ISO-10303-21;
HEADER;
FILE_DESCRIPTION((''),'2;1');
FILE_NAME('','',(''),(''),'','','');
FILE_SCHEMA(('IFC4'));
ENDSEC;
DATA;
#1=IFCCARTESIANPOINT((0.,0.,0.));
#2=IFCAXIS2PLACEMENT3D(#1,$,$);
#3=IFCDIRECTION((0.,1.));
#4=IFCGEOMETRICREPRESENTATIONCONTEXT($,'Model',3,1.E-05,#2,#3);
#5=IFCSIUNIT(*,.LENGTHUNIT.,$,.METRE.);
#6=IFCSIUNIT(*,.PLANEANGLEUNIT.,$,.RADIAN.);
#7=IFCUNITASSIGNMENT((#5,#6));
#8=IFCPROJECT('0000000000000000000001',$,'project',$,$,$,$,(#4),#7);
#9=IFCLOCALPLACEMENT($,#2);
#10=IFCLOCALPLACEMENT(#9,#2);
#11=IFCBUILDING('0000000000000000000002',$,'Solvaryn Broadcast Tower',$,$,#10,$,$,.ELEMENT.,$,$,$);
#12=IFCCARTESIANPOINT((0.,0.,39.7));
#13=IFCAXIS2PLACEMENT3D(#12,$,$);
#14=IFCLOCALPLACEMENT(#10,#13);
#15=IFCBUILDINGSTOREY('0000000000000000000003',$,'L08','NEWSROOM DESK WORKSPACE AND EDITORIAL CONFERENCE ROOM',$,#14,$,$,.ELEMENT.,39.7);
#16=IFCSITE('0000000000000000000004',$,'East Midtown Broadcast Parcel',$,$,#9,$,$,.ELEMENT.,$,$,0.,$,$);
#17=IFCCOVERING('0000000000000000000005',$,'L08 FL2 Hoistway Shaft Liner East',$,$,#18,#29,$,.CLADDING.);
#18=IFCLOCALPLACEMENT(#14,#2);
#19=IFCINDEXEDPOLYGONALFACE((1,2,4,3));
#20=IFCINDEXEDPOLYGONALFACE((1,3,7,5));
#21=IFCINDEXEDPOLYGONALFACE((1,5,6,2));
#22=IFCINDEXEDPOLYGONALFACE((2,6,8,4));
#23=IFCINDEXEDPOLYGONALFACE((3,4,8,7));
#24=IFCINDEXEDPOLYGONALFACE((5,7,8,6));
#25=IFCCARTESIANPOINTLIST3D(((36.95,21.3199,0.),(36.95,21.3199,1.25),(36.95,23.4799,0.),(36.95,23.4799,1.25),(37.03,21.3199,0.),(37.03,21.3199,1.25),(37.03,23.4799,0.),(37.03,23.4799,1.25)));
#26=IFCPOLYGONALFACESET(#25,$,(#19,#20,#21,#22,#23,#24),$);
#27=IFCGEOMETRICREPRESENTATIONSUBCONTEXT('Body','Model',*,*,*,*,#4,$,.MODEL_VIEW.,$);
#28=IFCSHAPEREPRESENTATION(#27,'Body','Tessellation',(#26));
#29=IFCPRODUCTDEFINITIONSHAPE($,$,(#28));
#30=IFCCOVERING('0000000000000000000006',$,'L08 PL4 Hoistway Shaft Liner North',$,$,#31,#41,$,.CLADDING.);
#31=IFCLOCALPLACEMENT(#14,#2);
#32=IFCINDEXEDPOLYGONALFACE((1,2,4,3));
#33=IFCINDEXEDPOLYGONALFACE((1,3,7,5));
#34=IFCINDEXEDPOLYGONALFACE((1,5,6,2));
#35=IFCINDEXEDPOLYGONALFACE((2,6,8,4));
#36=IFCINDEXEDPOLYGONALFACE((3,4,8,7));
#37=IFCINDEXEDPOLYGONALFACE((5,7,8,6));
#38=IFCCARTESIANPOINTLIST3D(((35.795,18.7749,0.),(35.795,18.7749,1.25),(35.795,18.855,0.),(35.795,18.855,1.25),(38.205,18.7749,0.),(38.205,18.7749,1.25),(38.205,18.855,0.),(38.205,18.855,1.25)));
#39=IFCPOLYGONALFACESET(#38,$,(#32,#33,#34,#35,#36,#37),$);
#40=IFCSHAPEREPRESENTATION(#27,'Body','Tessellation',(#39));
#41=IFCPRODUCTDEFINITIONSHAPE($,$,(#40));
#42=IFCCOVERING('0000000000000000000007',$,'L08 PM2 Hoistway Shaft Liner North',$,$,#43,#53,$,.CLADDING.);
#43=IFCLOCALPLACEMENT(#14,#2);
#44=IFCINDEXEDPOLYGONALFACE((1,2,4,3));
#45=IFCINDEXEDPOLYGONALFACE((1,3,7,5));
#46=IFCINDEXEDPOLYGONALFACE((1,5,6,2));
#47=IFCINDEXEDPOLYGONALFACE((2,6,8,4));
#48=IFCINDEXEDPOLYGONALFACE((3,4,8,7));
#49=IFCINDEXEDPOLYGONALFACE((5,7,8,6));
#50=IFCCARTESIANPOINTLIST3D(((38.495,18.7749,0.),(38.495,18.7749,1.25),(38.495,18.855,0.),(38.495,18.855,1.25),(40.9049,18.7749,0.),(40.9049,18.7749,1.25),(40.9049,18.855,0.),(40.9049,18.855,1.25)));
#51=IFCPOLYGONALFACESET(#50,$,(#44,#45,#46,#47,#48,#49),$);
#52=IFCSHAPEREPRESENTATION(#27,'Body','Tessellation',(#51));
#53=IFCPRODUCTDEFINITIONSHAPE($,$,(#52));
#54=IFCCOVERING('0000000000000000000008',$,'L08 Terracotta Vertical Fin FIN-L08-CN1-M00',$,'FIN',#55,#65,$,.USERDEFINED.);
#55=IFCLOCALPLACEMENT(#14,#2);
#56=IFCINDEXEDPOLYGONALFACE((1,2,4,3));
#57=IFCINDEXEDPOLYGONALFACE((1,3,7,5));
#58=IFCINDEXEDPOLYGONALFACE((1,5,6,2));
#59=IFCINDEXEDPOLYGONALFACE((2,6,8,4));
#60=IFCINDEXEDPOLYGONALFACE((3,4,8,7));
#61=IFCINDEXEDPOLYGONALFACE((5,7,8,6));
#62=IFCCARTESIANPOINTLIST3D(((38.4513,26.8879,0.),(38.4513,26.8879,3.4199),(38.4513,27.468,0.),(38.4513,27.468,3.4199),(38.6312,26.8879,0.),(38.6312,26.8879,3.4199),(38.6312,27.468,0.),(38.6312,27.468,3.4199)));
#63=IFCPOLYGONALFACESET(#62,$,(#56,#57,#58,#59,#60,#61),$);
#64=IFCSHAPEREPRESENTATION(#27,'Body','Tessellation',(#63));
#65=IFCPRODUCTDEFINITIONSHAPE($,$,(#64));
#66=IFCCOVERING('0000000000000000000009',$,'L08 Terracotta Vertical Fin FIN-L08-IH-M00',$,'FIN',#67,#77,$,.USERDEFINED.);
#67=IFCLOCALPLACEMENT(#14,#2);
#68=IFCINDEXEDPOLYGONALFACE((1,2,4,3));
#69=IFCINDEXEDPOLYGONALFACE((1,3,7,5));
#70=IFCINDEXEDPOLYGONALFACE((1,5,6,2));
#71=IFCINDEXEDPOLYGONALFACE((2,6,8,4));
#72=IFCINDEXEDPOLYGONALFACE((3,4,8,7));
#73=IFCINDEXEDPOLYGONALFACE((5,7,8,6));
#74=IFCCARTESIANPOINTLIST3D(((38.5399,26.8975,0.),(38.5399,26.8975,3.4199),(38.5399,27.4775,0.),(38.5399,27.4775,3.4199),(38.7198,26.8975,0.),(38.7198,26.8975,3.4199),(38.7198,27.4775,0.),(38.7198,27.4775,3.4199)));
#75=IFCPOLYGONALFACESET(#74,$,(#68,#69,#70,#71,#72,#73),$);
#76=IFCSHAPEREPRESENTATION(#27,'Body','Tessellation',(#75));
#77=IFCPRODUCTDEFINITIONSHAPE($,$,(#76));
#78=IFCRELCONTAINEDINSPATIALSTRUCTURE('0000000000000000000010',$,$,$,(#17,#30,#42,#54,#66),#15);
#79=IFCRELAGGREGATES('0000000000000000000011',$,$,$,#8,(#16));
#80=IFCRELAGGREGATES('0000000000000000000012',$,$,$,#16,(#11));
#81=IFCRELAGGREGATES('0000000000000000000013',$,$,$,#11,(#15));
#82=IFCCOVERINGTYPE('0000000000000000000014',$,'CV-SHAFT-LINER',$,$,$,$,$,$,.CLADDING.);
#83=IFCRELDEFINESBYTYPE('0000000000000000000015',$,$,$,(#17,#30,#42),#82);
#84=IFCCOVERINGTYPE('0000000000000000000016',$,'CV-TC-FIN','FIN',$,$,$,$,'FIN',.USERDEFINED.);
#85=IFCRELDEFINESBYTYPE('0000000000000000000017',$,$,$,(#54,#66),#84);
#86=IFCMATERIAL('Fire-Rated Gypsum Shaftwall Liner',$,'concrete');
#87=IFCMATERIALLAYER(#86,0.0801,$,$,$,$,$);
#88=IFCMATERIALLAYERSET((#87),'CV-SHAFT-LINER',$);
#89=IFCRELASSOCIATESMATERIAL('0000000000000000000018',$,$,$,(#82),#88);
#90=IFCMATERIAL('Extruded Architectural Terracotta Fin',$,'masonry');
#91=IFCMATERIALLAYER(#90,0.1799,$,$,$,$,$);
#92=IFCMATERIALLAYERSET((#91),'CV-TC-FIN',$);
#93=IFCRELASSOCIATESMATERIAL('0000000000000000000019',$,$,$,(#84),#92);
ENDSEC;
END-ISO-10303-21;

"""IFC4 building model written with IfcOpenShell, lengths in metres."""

from ifc_helpers import new_model, si_unit, direction, frame, origin, origin_2d, place, context, subcontext, project, spatial, rectangle, extrude, material, layer, layer_set, type_object, element, save


model = new_model("IFC4")

# Units and contexts
model_context = context("Model", 3, precision=1e-05, world=origin(), true_north=direction((0.0, 1.0)))
body_context = subcontext(model_context, "Body", "Model", "MODEL_VIEW")
ifc_project = project(units=[si_unit("LENGTHUNIT", "METRE"), si_unit("PLANEANGLEUNIT", "RADIAN")], contexts=[model_context])

# Site, building, storey
site_placement = place(None, origin())
site = spatial("IfcSite", under=ifc_project, at=site_placement, Name="East Midtown Broadcast Parcel", CompositionType="ELEMENT", RefElevation=0.0)
building_placement = place(site_placement, origin())
building = spatial("IfcBuilding", under=site, at=building_placement, Name="Solvaryn Broadcast Tower", CompositionType="ELEMENT")
storey_placement = place(building_placement, frame((0.0, 0.0, 39.7)))
storey = spatial("IfcBuildingStorey", under=building, at=storey_placement, Name="L08", Description="NEWSROOM DESK WORKSPACE AND EDITORIAL CONFERENCE ROOM", CompositionType="ELEMENT", Elevation=39.7)

# Coverings
ifc_material_1 = material(Name="Fire-Rated Gypsum Shaftwall Liner", Category="concrete")
ifc_layer_1 = layer(ifc_material_1, 0.0801)
ifc_layer_set_1 = layer_set([ifc_layer_1], Name="CV-SHAFT-LINER")
covering_type_1 = type_object("IfcCoveringType", Name="CV-SHAFT-LINER", PredefinedType="CLADDING", material=ifc_layer_set_1)
covering_placement = place(storey_placement, frame((36.99, 22.3999, 0.0), z_axis=(0.0, 0.0, 1.0), x_axis=(1.0, 0.0, 0.0)))
element("IfcCovering", 1, at=covering_placement, inside=storey, type_object=covering_type_1, Name="L08 FL2 Hoistway Shaft Liner East", PredefinedType="CLADDING", context=body_context, shape_type="SweptSolid", body=[
    extrude(rectangle(XDim=0.0801, YDim=2.1599, at=origin_2d()), origin(), (0.0, 0.0, 1.0), 1.25),
])
for number, where, z_axis, x_axis, name in (
    (2, (37.0, 18.8149, 0.0), (0.0, 0.0, 1.0), (1.0, 0.0, 0.0), "L08 PL4 Hoistway Shaft Liner North"),
    (3, (39.7, 18.8149, 0.0), (0.0, 0.0, 1.0), (1.0, 0.0, 0.0), "L08 PM2 Hoistway Shaft Liner North"),
):
    element("IfcCovering", number, at=place(storey_placement, frame(where, z_axis=z_axis, x_axis=x_axis)), inside=storey, type_object=covering_type_1, Name=name, PredefinedType="CLADDING", context=body_context, shape_type="SweptSolid", body=[
        extrude(rectangle(XDim=2.4099, YDim=0.0801, at=origin_2d()), origin(), (0.0, 0.0, 1.0), 1.25),
    ])
ifc_material_2 = material(Name="Extruded Architectural Terracotta Fin", Category="masonry")
ifc_layer_2 = layer(ifc_material_2, 0.1799)
ifc_layer_set_2 = layer_set([ifc_layer_2], Name="CV-TC-FIN")
covering_type_2 = type_object("IfcCoveringType", Name="CV-TC-FIN", Description="FIN", ElementType="FIN", PredefinedType="USERDEFINED", material=ifc_layer_set_2)
for number, where, z_axis, x_axis, name in (
    (4, (38.5413, 27.178, 0.0), (0.0, 0.0, 1.0), (1.0, 0.0, 0.0), "L08 Terracotta Vertical Fin FIN-L08-CN1-M00"),
    (5, (38.6299, 27.1875, 0.0), (0.0, 0.0, 1.0), (1.0, 0.0, 0.0), "L08 Terracotta Vertical Fin FIN-L08-IH-M00"),
):
    element("IfcCovering", number, at=place(storey_placement, frame(where, z_axis=z_axis, x_axis=x_axis)), inside=storey, type_object=covering_type_2, Name=name, ObjectType="FIN", PredefinedType="USERDEFINED", context=body_context, shape_type="SweptSolid", body=[
        extrude(rectangle(XDim=0.1799, YDim=0.5801, at=origin_2d()), origin(), (0.0, 0.0, 1.0), 3.4199),
    ])

save(model, "model.ifc")
